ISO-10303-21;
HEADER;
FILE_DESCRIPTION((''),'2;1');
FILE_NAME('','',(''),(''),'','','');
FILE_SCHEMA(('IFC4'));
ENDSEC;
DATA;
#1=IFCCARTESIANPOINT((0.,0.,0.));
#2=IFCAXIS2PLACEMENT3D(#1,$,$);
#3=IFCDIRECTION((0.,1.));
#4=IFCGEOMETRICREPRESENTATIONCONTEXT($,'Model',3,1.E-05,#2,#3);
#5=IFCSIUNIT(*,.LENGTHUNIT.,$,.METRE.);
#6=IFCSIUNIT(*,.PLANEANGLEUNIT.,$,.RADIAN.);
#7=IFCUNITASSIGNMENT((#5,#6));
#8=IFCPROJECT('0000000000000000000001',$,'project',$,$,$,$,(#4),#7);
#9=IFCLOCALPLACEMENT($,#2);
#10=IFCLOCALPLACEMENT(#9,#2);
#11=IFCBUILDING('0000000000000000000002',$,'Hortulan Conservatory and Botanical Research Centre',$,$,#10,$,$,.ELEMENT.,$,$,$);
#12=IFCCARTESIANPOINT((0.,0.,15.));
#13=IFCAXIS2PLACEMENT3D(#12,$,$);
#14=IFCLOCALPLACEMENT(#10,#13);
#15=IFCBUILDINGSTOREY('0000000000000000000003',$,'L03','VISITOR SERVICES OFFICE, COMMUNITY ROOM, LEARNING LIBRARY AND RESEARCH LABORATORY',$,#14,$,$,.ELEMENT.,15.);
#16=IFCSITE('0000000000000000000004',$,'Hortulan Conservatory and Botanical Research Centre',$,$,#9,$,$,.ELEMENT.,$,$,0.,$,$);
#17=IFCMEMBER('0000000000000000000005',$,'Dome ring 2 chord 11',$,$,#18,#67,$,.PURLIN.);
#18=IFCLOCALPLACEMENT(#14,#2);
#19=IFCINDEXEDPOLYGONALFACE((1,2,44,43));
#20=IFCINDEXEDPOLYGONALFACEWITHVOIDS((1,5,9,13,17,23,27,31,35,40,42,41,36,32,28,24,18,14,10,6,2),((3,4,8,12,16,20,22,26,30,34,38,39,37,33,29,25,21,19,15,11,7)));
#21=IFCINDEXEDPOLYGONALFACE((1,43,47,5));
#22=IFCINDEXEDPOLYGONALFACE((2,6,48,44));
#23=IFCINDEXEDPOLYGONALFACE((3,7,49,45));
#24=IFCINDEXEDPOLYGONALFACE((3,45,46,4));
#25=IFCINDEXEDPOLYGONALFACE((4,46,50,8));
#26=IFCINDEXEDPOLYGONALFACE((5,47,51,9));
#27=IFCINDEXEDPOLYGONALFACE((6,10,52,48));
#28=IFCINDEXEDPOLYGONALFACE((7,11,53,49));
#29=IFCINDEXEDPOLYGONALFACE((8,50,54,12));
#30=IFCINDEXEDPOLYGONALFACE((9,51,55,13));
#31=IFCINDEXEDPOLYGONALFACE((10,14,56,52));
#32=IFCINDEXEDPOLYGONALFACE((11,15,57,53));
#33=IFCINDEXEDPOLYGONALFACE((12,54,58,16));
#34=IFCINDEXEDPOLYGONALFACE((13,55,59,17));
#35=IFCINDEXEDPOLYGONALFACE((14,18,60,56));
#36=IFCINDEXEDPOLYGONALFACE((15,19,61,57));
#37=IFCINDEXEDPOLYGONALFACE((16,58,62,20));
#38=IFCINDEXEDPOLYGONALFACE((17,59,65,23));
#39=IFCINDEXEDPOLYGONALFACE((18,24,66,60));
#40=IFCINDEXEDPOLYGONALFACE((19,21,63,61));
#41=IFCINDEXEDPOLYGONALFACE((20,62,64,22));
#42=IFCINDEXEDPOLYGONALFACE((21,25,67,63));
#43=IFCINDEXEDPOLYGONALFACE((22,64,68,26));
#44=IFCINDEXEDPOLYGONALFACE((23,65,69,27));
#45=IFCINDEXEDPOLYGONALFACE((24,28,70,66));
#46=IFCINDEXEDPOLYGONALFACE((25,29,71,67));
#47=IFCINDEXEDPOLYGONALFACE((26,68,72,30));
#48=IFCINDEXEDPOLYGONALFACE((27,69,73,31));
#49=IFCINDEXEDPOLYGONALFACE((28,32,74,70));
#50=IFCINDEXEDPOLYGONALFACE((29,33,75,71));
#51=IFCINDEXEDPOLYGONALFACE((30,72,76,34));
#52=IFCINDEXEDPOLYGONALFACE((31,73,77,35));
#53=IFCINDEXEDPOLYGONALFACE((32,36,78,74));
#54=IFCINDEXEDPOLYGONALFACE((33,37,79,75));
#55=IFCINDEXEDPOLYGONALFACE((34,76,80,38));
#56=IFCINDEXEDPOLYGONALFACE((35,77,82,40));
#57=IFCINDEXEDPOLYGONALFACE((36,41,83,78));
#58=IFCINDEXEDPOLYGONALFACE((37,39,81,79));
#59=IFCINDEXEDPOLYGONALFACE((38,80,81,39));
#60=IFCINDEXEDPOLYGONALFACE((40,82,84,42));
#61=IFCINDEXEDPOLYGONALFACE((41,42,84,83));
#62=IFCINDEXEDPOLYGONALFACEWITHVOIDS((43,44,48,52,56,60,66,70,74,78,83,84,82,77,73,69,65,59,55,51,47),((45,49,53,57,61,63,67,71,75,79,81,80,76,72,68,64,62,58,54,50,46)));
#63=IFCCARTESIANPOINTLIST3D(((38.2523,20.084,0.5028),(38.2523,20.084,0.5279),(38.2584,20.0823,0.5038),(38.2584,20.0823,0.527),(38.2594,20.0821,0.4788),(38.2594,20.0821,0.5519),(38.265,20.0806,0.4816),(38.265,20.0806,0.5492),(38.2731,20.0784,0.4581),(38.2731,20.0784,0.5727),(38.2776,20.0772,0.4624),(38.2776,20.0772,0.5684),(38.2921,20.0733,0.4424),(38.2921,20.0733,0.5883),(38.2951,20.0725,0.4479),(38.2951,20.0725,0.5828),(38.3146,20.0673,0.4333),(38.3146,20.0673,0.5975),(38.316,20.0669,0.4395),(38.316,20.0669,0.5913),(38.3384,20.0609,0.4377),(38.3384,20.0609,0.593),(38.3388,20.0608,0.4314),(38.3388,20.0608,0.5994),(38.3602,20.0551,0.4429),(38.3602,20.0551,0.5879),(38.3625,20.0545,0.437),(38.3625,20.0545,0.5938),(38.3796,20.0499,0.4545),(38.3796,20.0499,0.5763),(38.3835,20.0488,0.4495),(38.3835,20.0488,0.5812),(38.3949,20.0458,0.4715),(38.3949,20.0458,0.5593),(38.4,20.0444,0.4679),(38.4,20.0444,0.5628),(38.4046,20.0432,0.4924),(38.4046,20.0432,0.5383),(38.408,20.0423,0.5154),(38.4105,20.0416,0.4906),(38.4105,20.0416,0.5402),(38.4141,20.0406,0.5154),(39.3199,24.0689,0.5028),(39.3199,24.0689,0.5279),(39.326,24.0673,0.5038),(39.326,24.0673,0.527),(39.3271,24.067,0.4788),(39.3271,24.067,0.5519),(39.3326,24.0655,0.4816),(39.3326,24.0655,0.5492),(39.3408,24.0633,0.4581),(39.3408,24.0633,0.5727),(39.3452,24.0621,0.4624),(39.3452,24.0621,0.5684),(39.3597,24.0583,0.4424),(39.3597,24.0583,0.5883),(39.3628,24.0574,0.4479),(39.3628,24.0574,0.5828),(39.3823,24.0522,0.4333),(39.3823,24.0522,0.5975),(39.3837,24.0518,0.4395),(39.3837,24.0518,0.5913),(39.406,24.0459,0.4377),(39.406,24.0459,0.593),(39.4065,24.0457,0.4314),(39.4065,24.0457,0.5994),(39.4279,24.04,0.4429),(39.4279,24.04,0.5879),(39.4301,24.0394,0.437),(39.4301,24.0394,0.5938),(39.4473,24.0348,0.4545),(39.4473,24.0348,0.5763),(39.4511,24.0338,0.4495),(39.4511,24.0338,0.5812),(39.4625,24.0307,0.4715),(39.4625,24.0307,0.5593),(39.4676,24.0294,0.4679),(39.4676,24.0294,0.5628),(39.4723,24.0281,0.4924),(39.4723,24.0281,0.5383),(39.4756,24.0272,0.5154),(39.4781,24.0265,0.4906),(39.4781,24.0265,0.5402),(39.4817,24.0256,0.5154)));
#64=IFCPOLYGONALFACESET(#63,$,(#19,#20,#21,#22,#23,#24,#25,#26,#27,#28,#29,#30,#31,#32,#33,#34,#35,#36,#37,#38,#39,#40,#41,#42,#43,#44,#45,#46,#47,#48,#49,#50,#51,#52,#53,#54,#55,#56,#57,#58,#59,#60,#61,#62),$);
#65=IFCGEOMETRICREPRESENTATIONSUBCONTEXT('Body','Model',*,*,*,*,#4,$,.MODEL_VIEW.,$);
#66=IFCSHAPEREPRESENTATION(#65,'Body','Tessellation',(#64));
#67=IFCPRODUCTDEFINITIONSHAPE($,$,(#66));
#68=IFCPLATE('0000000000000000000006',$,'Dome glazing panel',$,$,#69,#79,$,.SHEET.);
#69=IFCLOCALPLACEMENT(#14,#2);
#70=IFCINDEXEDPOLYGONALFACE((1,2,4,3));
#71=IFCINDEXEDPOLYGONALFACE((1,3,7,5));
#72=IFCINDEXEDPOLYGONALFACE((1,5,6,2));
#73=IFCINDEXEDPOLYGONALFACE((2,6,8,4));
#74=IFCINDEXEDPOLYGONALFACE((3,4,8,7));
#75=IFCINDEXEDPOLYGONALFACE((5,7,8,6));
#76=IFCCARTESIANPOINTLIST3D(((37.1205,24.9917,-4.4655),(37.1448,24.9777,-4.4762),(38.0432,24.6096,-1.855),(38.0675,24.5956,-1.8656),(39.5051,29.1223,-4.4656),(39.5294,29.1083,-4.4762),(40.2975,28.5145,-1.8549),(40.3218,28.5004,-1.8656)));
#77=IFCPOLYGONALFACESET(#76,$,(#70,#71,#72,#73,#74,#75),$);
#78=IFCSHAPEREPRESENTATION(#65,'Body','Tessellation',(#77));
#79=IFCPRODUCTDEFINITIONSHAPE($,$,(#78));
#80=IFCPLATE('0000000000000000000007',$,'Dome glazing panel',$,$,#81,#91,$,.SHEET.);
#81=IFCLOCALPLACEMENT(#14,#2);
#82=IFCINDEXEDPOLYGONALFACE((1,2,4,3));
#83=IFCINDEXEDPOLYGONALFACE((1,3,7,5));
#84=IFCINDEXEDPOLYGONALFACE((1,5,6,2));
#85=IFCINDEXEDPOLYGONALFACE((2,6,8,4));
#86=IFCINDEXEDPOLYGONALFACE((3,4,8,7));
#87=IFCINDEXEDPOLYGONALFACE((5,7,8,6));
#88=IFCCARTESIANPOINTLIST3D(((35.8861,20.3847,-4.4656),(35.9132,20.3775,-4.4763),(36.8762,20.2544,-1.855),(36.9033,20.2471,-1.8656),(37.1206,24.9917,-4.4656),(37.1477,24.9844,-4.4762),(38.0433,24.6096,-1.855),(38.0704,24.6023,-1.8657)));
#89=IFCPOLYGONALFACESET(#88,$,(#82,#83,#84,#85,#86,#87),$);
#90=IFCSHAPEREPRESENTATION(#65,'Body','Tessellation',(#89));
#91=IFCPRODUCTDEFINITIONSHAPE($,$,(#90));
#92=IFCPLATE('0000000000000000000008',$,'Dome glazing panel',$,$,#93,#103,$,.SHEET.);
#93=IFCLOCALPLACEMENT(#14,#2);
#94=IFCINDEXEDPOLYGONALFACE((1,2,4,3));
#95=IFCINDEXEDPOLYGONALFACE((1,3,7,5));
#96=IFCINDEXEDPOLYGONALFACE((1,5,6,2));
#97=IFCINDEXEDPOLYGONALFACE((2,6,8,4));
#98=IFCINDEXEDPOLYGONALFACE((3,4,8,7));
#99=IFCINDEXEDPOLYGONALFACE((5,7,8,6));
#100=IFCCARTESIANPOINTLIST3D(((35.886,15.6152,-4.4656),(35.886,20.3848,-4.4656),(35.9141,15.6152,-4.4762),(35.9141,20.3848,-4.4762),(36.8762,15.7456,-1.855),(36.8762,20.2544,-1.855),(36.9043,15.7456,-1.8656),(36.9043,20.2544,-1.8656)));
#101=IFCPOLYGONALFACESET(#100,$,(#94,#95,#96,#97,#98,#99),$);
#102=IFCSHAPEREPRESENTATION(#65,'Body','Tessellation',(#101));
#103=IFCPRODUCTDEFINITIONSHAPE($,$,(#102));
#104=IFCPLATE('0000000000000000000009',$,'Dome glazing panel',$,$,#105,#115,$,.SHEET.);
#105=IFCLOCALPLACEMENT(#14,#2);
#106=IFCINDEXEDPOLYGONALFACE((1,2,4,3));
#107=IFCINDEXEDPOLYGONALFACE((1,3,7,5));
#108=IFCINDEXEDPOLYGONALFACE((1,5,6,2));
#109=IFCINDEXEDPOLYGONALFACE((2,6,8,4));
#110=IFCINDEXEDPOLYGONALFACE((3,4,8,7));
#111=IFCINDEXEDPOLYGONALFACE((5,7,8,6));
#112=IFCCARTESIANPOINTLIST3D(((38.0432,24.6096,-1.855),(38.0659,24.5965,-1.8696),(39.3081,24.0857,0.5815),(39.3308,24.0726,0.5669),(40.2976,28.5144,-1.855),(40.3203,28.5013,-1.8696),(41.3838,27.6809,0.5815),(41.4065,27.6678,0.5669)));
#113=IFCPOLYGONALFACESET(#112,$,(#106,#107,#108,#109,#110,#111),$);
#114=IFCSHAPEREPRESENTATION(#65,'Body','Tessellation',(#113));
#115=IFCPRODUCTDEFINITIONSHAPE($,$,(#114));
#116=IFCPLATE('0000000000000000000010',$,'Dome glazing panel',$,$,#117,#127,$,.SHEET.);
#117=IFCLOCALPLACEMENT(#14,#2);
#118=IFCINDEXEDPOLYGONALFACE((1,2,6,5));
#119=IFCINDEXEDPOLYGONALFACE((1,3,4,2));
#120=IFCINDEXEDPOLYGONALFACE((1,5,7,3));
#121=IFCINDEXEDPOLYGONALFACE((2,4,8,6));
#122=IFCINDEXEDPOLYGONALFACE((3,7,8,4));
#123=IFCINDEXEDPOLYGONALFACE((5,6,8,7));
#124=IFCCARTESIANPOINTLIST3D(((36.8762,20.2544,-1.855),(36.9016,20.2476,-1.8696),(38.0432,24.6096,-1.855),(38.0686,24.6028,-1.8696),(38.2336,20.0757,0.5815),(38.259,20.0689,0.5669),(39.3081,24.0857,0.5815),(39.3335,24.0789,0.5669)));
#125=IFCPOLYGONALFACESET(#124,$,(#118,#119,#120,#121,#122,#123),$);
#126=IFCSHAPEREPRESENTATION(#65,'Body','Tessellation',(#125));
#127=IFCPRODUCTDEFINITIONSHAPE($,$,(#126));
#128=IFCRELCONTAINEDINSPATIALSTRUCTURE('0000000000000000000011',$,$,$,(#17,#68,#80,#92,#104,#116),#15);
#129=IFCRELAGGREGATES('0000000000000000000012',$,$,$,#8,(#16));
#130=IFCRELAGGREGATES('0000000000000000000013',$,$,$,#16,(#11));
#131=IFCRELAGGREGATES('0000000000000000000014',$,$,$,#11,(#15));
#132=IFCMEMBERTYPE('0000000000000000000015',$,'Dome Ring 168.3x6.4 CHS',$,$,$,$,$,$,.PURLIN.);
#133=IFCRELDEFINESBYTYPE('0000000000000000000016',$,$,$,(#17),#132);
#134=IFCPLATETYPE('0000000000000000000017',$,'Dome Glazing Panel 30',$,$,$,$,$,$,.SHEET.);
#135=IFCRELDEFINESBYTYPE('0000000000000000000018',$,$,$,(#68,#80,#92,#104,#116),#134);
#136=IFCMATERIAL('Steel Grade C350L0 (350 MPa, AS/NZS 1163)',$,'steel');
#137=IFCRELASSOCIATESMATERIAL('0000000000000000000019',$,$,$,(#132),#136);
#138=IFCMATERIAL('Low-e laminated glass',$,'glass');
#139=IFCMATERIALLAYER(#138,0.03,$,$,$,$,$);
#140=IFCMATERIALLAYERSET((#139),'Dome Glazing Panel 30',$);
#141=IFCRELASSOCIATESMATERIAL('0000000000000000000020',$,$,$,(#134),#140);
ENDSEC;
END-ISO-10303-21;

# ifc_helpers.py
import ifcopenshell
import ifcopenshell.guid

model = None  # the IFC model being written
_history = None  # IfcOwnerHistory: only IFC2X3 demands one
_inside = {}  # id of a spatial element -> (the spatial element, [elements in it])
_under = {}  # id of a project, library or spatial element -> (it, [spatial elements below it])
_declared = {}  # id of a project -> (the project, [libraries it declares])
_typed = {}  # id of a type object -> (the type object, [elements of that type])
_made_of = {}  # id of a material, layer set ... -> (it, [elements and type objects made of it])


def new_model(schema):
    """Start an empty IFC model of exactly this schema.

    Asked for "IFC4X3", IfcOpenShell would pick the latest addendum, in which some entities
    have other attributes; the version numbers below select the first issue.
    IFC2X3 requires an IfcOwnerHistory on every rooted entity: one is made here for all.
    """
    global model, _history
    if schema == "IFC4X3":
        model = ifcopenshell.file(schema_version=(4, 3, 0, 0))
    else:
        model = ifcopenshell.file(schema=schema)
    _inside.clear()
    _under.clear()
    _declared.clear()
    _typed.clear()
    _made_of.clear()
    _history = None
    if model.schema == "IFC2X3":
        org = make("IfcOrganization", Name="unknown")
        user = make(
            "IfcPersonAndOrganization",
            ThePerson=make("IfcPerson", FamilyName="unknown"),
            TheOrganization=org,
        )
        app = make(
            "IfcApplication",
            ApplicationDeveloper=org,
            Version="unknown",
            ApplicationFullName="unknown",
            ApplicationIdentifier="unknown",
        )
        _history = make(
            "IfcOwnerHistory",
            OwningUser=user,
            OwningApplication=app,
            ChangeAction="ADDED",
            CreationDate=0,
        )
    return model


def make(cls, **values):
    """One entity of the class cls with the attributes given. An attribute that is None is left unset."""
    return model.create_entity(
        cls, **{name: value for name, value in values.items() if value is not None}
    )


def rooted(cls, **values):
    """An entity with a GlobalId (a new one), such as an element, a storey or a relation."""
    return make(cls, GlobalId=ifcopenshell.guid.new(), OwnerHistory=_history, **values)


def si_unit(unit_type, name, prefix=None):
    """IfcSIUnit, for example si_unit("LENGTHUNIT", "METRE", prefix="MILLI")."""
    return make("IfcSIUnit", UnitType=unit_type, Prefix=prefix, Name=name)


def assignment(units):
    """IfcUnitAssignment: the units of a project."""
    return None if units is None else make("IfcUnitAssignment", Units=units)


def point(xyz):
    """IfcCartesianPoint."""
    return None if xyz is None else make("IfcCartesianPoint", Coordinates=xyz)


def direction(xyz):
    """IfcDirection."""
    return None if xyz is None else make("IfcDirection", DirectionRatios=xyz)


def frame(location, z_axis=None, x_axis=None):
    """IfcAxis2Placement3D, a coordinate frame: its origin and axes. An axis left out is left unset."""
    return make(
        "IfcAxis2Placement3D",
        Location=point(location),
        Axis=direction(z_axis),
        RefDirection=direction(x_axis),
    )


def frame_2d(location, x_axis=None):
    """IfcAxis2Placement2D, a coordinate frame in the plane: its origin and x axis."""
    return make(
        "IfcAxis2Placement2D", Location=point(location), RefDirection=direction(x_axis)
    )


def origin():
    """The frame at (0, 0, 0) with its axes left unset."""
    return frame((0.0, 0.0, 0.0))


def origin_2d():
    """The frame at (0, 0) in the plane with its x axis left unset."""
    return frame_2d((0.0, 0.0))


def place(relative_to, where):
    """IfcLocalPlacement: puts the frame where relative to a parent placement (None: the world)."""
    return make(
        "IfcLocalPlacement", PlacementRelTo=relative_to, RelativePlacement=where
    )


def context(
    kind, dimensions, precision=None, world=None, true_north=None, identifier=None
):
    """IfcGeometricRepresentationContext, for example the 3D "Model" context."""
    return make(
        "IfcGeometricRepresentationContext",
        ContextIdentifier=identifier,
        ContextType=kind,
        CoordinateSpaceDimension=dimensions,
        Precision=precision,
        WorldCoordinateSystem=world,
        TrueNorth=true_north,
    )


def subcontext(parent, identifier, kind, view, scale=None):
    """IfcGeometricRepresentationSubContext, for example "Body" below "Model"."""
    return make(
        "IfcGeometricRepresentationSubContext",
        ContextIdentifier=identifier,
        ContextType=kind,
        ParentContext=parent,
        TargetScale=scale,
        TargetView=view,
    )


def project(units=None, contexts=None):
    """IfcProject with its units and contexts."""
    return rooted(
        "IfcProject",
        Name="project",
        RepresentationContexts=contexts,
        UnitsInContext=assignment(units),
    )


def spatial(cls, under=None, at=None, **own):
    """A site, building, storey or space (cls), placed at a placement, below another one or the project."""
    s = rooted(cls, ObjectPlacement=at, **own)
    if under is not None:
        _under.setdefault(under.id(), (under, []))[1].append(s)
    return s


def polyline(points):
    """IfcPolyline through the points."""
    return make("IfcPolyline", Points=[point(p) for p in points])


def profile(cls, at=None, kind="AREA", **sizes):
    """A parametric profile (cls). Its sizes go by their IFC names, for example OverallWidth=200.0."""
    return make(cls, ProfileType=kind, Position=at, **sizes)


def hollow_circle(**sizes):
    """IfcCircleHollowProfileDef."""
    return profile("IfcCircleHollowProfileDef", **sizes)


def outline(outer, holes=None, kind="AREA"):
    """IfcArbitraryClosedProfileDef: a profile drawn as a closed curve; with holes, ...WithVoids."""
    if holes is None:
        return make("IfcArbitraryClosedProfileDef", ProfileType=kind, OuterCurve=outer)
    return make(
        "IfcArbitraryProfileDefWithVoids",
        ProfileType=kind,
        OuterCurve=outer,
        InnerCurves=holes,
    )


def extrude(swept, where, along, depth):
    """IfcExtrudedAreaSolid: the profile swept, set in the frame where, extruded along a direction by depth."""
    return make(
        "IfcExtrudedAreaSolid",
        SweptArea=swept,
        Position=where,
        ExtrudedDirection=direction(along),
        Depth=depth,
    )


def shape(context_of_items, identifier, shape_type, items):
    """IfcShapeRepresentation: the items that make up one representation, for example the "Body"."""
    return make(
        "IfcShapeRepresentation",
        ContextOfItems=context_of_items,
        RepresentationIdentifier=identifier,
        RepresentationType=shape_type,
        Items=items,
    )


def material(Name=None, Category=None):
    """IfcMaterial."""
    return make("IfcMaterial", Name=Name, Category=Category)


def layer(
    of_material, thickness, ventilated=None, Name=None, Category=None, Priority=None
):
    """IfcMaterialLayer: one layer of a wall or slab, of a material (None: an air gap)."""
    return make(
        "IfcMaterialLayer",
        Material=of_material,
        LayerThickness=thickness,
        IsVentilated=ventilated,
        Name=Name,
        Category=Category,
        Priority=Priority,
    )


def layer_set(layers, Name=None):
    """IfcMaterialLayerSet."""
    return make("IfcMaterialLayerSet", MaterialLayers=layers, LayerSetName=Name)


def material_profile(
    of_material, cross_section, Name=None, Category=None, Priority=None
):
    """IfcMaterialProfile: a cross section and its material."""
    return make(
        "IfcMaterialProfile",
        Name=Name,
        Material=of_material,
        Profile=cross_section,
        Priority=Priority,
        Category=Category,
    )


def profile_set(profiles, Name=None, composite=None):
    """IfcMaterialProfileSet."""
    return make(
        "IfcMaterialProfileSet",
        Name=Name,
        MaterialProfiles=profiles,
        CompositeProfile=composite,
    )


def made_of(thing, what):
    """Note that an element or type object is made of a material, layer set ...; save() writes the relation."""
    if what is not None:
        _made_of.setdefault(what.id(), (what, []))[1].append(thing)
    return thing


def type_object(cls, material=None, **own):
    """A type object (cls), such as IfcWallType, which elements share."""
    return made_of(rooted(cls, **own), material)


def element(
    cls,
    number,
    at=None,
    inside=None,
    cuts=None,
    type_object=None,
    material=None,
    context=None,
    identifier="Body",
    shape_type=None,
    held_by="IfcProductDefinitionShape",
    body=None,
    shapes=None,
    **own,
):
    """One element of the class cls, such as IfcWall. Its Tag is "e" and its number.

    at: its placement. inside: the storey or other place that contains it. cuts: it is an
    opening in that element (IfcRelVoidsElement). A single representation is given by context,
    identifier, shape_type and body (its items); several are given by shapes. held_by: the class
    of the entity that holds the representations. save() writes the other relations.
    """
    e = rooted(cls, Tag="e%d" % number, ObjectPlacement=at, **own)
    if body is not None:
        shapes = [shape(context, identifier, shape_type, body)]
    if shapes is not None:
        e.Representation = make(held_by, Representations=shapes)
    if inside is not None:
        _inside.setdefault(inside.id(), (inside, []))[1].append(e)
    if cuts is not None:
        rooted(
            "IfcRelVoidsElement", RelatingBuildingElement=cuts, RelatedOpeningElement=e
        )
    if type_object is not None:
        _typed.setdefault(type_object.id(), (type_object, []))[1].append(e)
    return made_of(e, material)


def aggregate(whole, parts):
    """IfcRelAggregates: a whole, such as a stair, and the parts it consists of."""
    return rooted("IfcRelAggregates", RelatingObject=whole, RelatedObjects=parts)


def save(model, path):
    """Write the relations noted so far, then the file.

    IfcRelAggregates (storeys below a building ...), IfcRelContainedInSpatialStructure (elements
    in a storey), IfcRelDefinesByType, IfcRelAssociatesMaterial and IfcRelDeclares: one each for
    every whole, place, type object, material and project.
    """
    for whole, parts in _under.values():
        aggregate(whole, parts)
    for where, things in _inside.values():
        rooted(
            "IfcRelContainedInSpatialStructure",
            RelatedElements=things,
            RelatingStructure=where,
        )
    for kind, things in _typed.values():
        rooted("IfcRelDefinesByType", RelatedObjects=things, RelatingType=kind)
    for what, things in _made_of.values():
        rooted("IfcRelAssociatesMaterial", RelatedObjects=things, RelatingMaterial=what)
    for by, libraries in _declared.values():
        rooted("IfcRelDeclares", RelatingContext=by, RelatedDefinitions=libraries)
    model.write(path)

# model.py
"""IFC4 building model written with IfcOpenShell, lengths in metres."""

from ifc_helpers import new_model, si_unit, direction, frame, origin, origin_2d, place, context, subcontext, project, spatial, polyline, hollow_circle, outline, extrude, material, layer, layer_set, material_profile, profile_set, type_object, element, save


model = new_model("IFC4")

# Units and contexts
model_context = context("Model", 3, precision=1e-05, world=origin(), true_north=direction((0.0, 1.0)))
body_context = subcontext(model_context, "Body", "Model", "MODEL_VIEW")
ifc_project = project(units=[si_unit("LENGTHUNIT", "METRE"), si_unit("PLANEANGLEUNIT", "RADIAN")], contexts=[model_context])

# Site, building, storey
site_placement = place(None, origin())
site = spatial("IfcSite", under=ifc_project, at=site_placement, Name="Hortulan Conservatory and Botanical Research Centre", CompositionType="ELEMENT", RefElevation=0.0)
building_placement = place(site_placement, origin())
building = spatial("IfcBuilding", under=site, at=building_placement, Name="Hortulan Conservatory and Botanical Research Centre", CompositionType="ELEMENT")
storey_placement = place(building_placement, frame((0.0, 0.0, 15.0)))
storey = spatial("IfcBuildingStorey", under=building, at=storey_placement, Name="L03", Description="VISITOR SERVICES OFFICE, COMMUNITY ROOM, LEARNING LIBRARY AND RESEARCH LABORATORY", CompositionType="ELEMENT", Elevation=15.0)

# Shared definitions
ifc_material_1 = material(Name="Steel Grade C350L0 (350 MPa, AS/NZS 1163)", Category="steel")

# Member
ifc_material_profile_1 = material_profile(ifc_material_1, hollow_circle(Radius=0.0842, WallThickness=0.0063, at=origin_2d()), Name="168.3x6.4CHS")
ifc_profile_set_1 = profile_set([ifc_material_profile_1], Name="Steel Grade C350L0 (350 MPa, AS/NZS 1163)")
member_type_1 = type_object("IfcMemberType", Name="Dome Ring 168.3x6.4 CHS", PredefinedType="PURLIN", material=ifc_profile_set_1)
member_1_placement = place(storey_placement, frame((39.4004, 24.0474, 0.5154), z_axis=(-0.258793, -0.965933, 0.0), x_axis=(0.965933, -0.258793, 0.0)))
element("IfcMember", 1, at=member_1_placement, inside=storey, type_object=member_type_1, Name="Dome ring 2 chord 11", PredefinedType="PURLIN", context=body_context, shape_type="SweptSolid", body=[
    extrude(hollow_circle(Radius=0.0842, WallThickness=0.0063, at=origin_2d()), origin(), (0.0, 0.0, 1.0), 4.1255),
])

# Plates
ifc_material_2 = material(Name="Low-e laminated glass", Category="glass")
ifc_layer_1 = layer(ifc_material_2, 0.03)
ifc_layer_set_1 = layer_set([ifc_layer_1], Name="Dome Glazing Panel 30")
plate_type = type_object("IfcPlateType", Name="Dome Glazing Panel 30", PredefinedType="SHEET", material=ifc_layer_set_1)
plate_1_placement = place(storey_placement, frame((39.5051, 29.1223, -4.4656), z_axis=(-0.809753, 0.467479, 0.354631), x_axis=(-0.499971, -0.866042, 0.000007)))
element("IfcPlate", 2, at=plate_1_placement, inside=storey, type_object=plate_type, Name="Dome glazing panel", PredefinedType="SHEET", context=body_context, shape_type="SweptSolid", body=[
    extrude(outline(polyline([(0.0, 0.0), (4.7695, 0.0), (4.6391, 2.792), (0.1303, 2.7921), (0.0, 0.0)])), origin(), (0.0, 0.0, -1.0), 0.03),
])
plate_2_placement = place(storey_placement, frame((37.1206, 24.9917, -4.4656), z_axis=(-0.903142, 0.242017, 0.35463), x_axis=(-0.258842, -0.96592, -0.000006)))
element("IfcPlate", 3, at=plate_2_placement, inside=storey, type_object=plate_type, Name="Dome glazing panel", PredefinedType="SHEET", context=body_context, shape_type="SweptSolid", body=[
    extrude(outline(polyline([(0.0, 0.0), (4.7695, 0.0), (4.6391, 2.7921), (0.1302, 2.792), (0.0, 0.0)])), origin(), (0.0, 0.0, -1.0), 0.03),
])
plate_3_placement = place(storey_placement, frame((35.886, 20.3848, -4.4656), z_axis=(-0.934997, 0.0, 0.354657), x_axis=(0.0, -1.0, 0.0)))
element("IfcPlate", 4, at=plate_3_placement, inside=storey, type_object=plate_type, Name="Dome glazing panel", PredefinedType="SHEET", context=body_context, shape_type="SweptSolid", body=[
    extrude(outline(polyline([(0.0, 0.0), (4.7695, 0.0), (4.6392, 2.7921), (0.1304, 2.7921), (0.0, 0.0)])), origin(), (0.0, 0.0, -1.0), 0.03),
])
plate_4_placement = place(storey_placement, frame((40.2976, 28.5144, -1.855), z_axis=(-0.756546, 0.436787, 0.486677), x_axis=(-0.499995, -0.866028, 0.000001)))
element("IfcPlate", 5, at=plate_4_placement, inside=storey, type_object=plate_type, Name="Dome glazing panel", PredefinedType="SHEET", context=body_context, shape_type="SweptSolid", body=[
    extrude(outline(polyline([(0.0, 0.0), (4.5088, 0.0), (4.3301, 2.7891), (0.1787, 2.7891), (0.0, 0.0)])), origin(), (0.0, 0.0, -1.0), 0.03),
])
plate_5_placement = place(storey_placement, frame((38.0432, 24.6096, -1.855), z_axis=(-0.843814, 0.226099, 0.486679), x_axis=(-0.258819, -0.965926, -0.000001)))
element("IfcPlate", 6, at=plate_5_placement, inside=storey, type_object=plate_type, Name="Dome glazing panel", PredefinedType="SHEET", context=body_context, shape_type="SweptSolid", body=[
    extrude(outline(polyline([(0.0, 0.0), (4.5089, 0.0), (4.3302, 2.7891), (0.1787, 2.7891), (0.0, 0.0)])), origin(), (0.0, 0.0, -1.0), 0.03),
])

save(model, "model.ifc")
